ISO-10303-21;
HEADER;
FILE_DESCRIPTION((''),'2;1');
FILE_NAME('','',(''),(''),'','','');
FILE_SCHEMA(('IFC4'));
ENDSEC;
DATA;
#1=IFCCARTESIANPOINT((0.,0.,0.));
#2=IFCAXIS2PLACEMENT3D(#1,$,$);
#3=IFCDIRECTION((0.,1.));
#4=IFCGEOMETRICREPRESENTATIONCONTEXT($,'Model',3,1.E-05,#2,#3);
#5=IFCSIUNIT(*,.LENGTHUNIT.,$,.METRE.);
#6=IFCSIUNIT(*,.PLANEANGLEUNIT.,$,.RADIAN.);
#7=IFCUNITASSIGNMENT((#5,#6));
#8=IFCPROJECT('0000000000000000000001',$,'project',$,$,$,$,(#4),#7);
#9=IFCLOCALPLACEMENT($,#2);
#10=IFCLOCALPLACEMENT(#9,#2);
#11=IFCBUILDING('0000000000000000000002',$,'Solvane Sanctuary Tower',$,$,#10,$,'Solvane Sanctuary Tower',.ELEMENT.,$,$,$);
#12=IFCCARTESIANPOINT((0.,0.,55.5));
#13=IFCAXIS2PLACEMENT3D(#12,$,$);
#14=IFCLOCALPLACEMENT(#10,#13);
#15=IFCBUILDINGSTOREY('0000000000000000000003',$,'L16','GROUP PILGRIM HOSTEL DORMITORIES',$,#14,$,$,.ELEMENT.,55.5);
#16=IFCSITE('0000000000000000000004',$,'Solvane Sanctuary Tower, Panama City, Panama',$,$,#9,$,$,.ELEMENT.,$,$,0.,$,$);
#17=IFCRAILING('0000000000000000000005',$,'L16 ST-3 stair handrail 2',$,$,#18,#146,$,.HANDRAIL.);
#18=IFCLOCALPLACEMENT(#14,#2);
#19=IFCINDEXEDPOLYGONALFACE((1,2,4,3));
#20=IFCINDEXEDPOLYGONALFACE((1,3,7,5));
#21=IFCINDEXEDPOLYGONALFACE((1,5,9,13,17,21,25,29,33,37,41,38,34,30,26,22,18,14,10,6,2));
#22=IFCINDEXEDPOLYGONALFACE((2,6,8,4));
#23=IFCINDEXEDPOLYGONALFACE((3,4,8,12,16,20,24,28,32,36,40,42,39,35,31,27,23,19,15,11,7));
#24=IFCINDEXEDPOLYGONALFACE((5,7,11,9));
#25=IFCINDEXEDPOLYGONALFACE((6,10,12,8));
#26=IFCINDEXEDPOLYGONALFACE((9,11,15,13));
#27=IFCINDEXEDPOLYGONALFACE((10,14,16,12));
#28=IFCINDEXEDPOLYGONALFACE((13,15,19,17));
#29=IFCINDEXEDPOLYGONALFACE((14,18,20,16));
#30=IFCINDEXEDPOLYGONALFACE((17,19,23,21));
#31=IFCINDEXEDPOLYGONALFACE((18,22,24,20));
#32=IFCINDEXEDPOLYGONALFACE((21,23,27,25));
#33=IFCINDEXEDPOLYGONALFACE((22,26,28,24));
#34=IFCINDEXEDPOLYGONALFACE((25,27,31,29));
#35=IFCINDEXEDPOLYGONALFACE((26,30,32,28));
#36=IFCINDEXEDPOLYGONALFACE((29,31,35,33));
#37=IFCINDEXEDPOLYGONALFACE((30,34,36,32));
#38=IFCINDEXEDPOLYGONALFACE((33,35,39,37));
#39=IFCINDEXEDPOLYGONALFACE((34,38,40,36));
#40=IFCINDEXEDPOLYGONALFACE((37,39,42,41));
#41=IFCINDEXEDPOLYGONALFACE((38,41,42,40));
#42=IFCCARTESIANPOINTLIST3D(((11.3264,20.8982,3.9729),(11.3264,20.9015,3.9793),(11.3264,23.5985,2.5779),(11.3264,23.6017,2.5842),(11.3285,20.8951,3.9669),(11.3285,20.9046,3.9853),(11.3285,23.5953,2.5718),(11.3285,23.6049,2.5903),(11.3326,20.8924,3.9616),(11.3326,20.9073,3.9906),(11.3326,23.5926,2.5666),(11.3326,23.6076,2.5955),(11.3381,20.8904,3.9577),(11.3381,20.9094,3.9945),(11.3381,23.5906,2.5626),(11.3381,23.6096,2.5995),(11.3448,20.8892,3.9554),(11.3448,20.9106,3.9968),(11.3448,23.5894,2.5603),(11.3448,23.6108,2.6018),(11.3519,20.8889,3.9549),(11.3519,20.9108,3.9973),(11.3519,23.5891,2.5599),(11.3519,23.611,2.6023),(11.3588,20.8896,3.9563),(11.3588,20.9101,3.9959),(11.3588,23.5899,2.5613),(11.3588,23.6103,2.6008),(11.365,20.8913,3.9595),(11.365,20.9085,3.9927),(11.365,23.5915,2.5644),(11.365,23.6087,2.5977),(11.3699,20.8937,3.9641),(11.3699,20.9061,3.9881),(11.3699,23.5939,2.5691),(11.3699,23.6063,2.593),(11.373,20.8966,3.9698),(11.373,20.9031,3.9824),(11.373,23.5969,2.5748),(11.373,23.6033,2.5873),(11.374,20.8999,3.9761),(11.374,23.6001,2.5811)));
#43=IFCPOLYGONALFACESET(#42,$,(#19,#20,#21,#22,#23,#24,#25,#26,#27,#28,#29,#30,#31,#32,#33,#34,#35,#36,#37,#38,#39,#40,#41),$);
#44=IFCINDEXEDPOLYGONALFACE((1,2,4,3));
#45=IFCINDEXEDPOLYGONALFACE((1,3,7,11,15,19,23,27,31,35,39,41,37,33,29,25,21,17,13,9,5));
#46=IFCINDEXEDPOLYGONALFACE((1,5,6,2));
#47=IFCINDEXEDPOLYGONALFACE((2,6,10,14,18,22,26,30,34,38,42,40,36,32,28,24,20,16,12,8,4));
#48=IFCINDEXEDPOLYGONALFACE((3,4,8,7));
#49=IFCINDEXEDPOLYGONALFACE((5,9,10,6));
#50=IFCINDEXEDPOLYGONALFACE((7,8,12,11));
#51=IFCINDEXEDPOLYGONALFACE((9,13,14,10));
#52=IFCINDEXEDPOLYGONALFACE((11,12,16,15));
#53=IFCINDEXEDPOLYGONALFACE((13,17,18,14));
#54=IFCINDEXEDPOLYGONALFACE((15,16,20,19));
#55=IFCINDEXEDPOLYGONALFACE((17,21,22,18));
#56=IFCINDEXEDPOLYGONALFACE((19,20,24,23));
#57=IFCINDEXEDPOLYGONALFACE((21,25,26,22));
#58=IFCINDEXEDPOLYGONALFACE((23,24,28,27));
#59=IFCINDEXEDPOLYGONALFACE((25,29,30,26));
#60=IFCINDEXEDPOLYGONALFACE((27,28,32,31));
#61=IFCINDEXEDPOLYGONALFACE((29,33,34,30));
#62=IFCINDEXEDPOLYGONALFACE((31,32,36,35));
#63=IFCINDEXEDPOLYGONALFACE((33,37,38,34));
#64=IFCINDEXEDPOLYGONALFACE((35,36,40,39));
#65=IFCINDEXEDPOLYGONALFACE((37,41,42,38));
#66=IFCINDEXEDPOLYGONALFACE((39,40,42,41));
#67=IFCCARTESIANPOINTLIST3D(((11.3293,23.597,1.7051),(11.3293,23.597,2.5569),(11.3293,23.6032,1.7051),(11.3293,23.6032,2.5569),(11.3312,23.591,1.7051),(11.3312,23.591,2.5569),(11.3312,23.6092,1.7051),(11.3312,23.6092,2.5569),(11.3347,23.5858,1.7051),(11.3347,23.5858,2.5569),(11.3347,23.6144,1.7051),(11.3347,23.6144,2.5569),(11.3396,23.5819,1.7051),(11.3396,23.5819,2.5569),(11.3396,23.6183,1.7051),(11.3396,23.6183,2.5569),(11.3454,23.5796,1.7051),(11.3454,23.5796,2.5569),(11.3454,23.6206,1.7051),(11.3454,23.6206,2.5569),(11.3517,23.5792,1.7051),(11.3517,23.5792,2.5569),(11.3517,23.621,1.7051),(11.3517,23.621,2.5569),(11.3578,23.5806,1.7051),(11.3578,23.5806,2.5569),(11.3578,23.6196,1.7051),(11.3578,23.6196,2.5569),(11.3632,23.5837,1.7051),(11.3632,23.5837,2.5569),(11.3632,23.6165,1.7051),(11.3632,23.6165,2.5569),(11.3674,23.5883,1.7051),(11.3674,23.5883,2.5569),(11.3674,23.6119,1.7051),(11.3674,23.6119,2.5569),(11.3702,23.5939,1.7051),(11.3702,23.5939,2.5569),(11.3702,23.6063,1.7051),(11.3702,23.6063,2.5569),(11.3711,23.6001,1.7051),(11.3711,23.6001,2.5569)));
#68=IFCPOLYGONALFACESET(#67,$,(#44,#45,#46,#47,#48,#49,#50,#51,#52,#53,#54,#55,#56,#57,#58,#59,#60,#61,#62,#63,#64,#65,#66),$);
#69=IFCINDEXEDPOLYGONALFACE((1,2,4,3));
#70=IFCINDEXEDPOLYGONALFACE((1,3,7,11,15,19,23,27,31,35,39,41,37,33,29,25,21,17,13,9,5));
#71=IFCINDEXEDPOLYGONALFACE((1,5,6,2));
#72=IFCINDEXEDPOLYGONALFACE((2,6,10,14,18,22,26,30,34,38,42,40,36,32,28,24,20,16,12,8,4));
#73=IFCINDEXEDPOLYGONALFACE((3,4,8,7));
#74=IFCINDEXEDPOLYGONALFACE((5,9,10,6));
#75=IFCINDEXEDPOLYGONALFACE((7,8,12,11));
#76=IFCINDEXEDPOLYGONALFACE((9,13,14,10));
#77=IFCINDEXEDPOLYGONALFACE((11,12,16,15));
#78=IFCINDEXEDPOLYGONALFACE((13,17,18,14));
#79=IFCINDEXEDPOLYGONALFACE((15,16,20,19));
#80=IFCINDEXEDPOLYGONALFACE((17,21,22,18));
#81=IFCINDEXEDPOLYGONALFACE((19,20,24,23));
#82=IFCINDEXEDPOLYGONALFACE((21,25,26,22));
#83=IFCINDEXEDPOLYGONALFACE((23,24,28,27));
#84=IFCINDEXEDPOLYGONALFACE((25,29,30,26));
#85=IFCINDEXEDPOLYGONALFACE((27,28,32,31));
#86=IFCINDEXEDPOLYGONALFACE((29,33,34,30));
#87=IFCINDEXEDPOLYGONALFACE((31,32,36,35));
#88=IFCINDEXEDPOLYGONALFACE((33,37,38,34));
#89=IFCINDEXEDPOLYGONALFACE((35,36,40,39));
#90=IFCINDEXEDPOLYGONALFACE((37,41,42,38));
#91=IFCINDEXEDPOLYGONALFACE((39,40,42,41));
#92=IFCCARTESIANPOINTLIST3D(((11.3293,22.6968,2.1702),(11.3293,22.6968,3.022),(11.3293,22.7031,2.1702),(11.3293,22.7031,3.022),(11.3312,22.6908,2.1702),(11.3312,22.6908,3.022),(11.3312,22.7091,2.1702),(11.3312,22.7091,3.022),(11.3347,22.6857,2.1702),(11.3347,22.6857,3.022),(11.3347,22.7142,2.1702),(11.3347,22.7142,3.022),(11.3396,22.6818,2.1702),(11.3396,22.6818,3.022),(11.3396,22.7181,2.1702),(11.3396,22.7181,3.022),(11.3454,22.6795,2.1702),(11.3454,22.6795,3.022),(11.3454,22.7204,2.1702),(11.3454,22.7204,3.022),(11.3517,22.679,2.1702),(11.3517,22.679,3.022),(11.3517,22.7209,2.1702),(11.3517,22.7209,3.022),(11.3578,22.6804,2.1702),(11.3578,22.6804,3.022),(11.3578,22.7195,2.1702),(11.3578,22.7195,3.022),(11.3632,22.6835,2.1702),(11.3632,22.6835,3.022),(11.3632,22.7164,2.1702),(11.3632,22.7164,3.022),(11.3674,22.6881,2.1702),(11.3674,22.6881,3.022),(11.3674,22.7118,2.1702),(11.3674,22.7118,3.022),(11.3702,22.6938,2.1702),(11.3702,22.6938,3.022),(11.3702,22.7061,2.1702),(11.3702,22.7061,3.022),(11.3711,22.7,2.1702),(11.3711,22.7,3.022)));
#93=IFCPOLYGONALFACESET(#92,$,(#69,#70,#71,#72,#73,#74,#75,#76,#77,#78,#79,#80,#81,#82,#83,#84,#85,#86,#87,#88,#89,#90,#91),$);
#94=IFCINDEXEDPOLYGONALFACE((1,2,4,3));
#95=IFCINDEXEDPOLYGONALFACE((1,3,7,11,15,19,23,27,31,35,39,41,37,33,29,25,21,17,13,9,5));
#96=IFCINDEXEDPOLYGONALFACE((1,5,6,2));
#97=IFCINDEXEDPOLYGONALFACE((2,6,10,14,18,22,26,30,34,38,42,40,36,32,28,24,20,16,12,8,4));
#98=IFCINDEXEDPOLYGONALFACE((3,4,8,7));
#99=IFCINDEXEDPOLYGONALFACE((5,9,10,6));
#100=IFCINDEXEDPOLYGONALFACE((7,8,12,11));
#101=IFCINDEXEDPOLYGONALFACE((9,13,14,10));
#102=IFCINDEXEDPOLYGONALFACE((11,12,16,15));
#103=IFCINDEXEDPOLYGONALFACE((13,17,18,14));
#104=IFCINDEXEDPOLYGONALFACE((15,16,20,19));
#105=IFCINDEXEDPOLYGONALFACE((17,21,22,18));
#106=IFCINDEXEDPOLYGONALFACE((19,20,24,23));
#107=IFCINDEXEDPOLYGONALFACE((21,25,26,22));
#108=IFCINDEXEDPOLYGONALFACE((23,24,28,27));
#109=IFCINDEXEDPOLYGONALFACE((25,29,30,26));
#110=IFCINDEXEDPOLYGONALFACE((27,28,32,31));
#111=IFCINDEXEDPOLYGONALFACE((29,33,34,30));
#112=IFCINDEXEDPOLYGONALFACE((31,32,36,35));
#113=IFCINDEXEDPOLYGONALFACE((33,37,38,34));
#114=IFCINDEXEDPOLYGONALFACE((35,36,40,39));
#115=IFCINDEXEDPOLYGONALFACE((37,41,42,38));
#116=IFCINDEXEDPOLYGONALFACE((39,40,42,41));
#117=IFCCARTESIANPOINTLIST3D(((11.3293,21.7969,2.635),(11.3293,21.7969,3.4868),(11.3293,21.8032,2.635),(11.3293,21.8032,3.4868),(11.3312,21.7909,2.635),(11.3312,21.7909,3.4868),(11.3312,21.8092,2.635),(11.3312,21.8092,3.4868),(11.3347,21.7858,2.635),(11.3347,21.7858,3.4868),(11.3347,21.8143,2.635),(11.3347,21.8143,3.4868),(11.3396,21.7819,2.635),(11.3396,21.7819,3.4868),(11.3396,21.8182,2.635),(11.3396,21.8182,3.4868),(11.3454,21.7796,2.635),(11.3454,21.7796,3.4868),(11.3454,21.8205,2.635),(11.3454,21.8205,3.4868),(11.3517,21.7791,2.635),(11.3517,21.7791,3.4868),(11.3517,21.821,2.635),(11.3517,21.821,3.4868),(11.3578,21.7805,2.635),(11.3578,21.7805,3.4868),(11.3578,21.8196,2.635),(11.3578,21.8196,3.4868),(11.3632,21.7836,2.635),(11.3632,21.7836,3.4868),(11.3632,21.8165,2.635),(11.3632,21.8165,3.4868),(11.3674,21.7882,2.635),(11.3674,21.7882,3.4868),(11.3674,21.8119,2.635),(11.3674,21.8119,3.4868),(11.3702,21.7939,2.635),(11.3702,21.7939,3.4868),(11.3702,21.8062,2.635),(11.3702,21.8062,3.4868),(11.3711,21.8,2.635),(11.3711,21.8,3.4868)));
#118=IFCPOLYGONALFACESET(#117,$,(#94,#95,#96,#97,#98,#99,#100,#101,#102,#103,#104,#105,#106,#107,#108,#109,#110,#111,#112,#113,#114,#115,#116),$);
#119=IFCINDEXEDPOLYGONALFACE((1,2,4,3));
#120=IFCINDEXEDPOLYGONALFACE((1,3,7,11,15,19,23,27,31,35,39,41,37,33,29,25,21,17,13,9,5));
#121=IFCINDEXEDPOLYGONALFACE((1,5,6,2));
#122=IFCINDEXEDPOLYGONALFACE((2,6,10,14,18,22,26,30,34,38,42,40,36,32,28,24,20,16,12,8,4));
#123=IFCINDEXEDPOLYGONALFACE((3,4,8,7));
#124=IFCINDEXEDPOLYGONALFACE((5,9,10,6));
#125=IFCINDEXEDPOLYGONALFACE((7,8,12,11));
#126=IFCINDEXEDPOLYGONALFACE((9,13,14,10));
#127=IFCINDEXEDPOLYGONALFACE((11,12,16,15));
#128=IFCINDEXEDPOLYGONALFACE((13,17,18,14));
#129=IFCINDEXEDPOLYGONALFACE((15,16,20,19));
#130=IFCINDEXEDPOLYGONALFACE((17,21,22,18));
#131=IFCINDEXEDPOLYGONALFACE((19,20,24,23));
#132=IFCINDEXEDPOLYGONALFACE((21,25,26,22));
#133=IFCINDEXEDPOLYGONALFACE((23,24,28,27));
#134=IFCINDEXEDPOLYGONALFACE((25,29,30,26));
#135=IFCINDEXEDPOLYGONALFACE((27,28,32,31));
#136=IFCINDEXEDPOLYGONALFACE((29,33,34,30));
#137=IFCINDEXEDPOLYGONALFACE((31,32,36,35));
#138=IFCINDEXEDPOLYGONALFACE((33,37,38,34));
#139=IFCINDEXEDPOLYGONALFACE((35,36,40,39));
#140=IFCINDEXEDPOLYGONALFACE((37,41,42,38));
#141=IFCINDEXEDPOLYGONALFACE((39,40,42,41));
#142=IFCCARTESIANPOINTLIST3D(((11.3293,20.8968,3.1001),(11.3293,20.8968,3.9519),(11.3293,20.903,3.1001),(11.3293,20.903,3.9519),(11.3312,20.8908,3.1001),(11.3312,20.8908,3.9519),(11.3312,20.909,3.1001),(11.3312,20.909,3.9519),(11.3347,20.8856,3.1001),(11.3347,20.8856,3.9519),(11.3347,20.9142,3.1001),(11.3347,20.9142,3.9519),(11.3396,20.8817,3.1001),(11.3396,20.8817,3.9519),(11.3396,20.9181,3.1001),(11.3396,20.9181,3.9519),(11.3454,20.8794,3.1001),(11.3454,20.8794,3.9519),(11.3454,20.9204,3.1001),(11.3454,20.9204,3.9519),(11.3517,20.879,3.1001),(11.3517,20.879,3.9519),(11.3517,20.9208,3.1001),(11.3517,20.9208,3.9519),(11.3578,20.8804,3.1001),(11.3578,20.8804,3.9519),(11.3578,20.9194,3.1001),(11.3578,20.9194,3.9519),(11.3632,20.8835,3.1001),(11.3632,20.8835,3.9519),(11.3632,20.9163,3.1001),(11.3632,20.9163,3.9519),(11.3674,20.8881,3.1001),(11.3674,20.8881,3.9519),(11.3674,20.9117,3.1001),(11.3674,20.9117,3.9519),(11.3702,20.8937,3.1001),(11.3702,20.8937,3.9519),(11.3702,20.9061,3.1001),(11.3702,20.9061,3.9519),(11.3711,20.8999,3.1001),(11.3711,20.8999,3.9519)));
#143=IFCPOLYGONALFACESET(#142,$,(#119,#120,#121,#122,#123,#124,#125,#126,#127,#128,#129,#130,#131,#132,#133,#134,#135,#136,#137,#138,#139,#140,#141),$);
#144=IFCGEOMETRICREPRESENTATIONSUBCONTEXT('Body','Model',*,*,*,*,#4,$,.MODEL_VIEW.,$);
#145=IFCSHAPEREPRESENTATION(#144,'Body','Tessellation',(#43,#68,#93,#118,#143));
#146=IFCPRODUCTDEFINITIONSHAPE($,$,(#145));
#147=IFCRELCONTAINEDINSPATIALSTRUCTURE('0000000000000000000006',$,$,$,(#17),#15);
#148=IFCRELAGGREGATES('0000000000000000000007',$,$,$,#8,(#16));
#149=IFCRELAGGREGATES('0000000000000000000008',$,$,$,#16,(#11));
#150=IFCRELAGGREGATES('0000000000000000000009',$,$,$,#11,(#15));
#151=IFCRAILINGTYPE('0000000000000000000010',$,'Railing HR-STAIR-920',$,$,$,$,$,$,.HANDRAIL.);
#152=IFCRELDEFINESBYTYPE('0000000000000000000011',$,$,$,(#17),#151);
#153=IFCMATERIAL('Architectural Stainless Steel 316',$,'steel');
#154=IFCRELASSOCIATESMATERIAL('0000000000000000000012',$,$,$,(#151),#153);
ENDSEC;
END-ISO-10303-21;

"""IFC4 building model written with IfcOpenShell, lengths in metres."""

from ifc_helpers import new_model, si_unit, direction, frame, origin, origin_2d, place, context, subcontext, project, spatial, circle, extrude, material, type_object, element, save


model = new_model("IFC4")

# Units and contexts
model_context = context("Model", 3, precision=1e-05, world=origin(), true_north=direction((0.0, 1.0)))
body_context = subcontext(model_context, "Body", "Model", "MODEL_VIEW")
ifc_project = project(units=[si_unit("LENGTHUNIT", "METRE"), si_unit("PLANEANGLEUNIT", "RADIAN")], contexts=[model_context])

# Site, building, storey
site_placement = place(None, origin())
site = spatial("IfcSite", under=ifc_project, at=site_placement, Name="Solvane Sanctuary Tower, Panama City, Panama", CompositionType="ELEMENT", RefElevation=0.0)
building_placement = place(site_placement, origin())
building = spatial("IfcBuilding", under=site, at=building_placement, Name="Solvane Sanctuary Tower", LongName="Solvane Sanctuary Tower", CompositionType="ELEMENT")
storey_placement = place(building_placement, frame((0.0, 0.0, 55.5)))
storey = spatial("IfcBuildingStorey", under=building, at=storey_placement, Name="L16", Description="GROUP PILGRIM HOSTEL DORMITORIES", CompositionType="ELEMENT", Elevation=55.5)

# Railing
ifc_material_1 = material(Name="Architectural Stainless Steel 316", Category="steel")
railing_type_1 = type_object("IfcRailingType", Name="Railing HR-STAIR-920", PredefinedType="HANDRAIL", material=ifc_material_1)
railing_1_placement = place(storey_placement, frame((11.3501, 23.6001, 1.7051)))
element("IfcRailing", 1, at=railing_1_placement, inside=storey, type_object=railing_type_1, Name="L16 ST-3 stair handrail 2", PredefinedType="HANDRAIL", context=body_context, shape_type="SweptSolid", body=[
    extrude(circle(Radius=0.0239, at=origin_2d()), frame((0.0, 0.0, 0.876), z_axis=(0.0, -0.888437, 0.458999), x_axis=(1.0, 0.0, 0.0)), (0.0, 0.0, 1.0), 3.0393),
    extrude(circle(Radius=0.021, at=origin_2d()), origin(), (0.0, 0.0, 1.0), 0.8518),
    extrude(circle(Radius=0.021, at=origin_2d()), frame((0.0, -0.9001, 0.4651)), (0.0, 0.0, 1.0), 0.8518),
    extrude(circle(Radius=0.021, at=origin_2d()), frame((0.0, -1.8, 0.9299)), (0.0, 0.0, 1.0), 0.8518),
    extrude(circle(Radius=0.021, at=origin_2d()), frame((0.0, -2.7002, 1.395)), (0.0, 0.0, 1.0), 0.8518),
])

save(model, "model.ifc")
